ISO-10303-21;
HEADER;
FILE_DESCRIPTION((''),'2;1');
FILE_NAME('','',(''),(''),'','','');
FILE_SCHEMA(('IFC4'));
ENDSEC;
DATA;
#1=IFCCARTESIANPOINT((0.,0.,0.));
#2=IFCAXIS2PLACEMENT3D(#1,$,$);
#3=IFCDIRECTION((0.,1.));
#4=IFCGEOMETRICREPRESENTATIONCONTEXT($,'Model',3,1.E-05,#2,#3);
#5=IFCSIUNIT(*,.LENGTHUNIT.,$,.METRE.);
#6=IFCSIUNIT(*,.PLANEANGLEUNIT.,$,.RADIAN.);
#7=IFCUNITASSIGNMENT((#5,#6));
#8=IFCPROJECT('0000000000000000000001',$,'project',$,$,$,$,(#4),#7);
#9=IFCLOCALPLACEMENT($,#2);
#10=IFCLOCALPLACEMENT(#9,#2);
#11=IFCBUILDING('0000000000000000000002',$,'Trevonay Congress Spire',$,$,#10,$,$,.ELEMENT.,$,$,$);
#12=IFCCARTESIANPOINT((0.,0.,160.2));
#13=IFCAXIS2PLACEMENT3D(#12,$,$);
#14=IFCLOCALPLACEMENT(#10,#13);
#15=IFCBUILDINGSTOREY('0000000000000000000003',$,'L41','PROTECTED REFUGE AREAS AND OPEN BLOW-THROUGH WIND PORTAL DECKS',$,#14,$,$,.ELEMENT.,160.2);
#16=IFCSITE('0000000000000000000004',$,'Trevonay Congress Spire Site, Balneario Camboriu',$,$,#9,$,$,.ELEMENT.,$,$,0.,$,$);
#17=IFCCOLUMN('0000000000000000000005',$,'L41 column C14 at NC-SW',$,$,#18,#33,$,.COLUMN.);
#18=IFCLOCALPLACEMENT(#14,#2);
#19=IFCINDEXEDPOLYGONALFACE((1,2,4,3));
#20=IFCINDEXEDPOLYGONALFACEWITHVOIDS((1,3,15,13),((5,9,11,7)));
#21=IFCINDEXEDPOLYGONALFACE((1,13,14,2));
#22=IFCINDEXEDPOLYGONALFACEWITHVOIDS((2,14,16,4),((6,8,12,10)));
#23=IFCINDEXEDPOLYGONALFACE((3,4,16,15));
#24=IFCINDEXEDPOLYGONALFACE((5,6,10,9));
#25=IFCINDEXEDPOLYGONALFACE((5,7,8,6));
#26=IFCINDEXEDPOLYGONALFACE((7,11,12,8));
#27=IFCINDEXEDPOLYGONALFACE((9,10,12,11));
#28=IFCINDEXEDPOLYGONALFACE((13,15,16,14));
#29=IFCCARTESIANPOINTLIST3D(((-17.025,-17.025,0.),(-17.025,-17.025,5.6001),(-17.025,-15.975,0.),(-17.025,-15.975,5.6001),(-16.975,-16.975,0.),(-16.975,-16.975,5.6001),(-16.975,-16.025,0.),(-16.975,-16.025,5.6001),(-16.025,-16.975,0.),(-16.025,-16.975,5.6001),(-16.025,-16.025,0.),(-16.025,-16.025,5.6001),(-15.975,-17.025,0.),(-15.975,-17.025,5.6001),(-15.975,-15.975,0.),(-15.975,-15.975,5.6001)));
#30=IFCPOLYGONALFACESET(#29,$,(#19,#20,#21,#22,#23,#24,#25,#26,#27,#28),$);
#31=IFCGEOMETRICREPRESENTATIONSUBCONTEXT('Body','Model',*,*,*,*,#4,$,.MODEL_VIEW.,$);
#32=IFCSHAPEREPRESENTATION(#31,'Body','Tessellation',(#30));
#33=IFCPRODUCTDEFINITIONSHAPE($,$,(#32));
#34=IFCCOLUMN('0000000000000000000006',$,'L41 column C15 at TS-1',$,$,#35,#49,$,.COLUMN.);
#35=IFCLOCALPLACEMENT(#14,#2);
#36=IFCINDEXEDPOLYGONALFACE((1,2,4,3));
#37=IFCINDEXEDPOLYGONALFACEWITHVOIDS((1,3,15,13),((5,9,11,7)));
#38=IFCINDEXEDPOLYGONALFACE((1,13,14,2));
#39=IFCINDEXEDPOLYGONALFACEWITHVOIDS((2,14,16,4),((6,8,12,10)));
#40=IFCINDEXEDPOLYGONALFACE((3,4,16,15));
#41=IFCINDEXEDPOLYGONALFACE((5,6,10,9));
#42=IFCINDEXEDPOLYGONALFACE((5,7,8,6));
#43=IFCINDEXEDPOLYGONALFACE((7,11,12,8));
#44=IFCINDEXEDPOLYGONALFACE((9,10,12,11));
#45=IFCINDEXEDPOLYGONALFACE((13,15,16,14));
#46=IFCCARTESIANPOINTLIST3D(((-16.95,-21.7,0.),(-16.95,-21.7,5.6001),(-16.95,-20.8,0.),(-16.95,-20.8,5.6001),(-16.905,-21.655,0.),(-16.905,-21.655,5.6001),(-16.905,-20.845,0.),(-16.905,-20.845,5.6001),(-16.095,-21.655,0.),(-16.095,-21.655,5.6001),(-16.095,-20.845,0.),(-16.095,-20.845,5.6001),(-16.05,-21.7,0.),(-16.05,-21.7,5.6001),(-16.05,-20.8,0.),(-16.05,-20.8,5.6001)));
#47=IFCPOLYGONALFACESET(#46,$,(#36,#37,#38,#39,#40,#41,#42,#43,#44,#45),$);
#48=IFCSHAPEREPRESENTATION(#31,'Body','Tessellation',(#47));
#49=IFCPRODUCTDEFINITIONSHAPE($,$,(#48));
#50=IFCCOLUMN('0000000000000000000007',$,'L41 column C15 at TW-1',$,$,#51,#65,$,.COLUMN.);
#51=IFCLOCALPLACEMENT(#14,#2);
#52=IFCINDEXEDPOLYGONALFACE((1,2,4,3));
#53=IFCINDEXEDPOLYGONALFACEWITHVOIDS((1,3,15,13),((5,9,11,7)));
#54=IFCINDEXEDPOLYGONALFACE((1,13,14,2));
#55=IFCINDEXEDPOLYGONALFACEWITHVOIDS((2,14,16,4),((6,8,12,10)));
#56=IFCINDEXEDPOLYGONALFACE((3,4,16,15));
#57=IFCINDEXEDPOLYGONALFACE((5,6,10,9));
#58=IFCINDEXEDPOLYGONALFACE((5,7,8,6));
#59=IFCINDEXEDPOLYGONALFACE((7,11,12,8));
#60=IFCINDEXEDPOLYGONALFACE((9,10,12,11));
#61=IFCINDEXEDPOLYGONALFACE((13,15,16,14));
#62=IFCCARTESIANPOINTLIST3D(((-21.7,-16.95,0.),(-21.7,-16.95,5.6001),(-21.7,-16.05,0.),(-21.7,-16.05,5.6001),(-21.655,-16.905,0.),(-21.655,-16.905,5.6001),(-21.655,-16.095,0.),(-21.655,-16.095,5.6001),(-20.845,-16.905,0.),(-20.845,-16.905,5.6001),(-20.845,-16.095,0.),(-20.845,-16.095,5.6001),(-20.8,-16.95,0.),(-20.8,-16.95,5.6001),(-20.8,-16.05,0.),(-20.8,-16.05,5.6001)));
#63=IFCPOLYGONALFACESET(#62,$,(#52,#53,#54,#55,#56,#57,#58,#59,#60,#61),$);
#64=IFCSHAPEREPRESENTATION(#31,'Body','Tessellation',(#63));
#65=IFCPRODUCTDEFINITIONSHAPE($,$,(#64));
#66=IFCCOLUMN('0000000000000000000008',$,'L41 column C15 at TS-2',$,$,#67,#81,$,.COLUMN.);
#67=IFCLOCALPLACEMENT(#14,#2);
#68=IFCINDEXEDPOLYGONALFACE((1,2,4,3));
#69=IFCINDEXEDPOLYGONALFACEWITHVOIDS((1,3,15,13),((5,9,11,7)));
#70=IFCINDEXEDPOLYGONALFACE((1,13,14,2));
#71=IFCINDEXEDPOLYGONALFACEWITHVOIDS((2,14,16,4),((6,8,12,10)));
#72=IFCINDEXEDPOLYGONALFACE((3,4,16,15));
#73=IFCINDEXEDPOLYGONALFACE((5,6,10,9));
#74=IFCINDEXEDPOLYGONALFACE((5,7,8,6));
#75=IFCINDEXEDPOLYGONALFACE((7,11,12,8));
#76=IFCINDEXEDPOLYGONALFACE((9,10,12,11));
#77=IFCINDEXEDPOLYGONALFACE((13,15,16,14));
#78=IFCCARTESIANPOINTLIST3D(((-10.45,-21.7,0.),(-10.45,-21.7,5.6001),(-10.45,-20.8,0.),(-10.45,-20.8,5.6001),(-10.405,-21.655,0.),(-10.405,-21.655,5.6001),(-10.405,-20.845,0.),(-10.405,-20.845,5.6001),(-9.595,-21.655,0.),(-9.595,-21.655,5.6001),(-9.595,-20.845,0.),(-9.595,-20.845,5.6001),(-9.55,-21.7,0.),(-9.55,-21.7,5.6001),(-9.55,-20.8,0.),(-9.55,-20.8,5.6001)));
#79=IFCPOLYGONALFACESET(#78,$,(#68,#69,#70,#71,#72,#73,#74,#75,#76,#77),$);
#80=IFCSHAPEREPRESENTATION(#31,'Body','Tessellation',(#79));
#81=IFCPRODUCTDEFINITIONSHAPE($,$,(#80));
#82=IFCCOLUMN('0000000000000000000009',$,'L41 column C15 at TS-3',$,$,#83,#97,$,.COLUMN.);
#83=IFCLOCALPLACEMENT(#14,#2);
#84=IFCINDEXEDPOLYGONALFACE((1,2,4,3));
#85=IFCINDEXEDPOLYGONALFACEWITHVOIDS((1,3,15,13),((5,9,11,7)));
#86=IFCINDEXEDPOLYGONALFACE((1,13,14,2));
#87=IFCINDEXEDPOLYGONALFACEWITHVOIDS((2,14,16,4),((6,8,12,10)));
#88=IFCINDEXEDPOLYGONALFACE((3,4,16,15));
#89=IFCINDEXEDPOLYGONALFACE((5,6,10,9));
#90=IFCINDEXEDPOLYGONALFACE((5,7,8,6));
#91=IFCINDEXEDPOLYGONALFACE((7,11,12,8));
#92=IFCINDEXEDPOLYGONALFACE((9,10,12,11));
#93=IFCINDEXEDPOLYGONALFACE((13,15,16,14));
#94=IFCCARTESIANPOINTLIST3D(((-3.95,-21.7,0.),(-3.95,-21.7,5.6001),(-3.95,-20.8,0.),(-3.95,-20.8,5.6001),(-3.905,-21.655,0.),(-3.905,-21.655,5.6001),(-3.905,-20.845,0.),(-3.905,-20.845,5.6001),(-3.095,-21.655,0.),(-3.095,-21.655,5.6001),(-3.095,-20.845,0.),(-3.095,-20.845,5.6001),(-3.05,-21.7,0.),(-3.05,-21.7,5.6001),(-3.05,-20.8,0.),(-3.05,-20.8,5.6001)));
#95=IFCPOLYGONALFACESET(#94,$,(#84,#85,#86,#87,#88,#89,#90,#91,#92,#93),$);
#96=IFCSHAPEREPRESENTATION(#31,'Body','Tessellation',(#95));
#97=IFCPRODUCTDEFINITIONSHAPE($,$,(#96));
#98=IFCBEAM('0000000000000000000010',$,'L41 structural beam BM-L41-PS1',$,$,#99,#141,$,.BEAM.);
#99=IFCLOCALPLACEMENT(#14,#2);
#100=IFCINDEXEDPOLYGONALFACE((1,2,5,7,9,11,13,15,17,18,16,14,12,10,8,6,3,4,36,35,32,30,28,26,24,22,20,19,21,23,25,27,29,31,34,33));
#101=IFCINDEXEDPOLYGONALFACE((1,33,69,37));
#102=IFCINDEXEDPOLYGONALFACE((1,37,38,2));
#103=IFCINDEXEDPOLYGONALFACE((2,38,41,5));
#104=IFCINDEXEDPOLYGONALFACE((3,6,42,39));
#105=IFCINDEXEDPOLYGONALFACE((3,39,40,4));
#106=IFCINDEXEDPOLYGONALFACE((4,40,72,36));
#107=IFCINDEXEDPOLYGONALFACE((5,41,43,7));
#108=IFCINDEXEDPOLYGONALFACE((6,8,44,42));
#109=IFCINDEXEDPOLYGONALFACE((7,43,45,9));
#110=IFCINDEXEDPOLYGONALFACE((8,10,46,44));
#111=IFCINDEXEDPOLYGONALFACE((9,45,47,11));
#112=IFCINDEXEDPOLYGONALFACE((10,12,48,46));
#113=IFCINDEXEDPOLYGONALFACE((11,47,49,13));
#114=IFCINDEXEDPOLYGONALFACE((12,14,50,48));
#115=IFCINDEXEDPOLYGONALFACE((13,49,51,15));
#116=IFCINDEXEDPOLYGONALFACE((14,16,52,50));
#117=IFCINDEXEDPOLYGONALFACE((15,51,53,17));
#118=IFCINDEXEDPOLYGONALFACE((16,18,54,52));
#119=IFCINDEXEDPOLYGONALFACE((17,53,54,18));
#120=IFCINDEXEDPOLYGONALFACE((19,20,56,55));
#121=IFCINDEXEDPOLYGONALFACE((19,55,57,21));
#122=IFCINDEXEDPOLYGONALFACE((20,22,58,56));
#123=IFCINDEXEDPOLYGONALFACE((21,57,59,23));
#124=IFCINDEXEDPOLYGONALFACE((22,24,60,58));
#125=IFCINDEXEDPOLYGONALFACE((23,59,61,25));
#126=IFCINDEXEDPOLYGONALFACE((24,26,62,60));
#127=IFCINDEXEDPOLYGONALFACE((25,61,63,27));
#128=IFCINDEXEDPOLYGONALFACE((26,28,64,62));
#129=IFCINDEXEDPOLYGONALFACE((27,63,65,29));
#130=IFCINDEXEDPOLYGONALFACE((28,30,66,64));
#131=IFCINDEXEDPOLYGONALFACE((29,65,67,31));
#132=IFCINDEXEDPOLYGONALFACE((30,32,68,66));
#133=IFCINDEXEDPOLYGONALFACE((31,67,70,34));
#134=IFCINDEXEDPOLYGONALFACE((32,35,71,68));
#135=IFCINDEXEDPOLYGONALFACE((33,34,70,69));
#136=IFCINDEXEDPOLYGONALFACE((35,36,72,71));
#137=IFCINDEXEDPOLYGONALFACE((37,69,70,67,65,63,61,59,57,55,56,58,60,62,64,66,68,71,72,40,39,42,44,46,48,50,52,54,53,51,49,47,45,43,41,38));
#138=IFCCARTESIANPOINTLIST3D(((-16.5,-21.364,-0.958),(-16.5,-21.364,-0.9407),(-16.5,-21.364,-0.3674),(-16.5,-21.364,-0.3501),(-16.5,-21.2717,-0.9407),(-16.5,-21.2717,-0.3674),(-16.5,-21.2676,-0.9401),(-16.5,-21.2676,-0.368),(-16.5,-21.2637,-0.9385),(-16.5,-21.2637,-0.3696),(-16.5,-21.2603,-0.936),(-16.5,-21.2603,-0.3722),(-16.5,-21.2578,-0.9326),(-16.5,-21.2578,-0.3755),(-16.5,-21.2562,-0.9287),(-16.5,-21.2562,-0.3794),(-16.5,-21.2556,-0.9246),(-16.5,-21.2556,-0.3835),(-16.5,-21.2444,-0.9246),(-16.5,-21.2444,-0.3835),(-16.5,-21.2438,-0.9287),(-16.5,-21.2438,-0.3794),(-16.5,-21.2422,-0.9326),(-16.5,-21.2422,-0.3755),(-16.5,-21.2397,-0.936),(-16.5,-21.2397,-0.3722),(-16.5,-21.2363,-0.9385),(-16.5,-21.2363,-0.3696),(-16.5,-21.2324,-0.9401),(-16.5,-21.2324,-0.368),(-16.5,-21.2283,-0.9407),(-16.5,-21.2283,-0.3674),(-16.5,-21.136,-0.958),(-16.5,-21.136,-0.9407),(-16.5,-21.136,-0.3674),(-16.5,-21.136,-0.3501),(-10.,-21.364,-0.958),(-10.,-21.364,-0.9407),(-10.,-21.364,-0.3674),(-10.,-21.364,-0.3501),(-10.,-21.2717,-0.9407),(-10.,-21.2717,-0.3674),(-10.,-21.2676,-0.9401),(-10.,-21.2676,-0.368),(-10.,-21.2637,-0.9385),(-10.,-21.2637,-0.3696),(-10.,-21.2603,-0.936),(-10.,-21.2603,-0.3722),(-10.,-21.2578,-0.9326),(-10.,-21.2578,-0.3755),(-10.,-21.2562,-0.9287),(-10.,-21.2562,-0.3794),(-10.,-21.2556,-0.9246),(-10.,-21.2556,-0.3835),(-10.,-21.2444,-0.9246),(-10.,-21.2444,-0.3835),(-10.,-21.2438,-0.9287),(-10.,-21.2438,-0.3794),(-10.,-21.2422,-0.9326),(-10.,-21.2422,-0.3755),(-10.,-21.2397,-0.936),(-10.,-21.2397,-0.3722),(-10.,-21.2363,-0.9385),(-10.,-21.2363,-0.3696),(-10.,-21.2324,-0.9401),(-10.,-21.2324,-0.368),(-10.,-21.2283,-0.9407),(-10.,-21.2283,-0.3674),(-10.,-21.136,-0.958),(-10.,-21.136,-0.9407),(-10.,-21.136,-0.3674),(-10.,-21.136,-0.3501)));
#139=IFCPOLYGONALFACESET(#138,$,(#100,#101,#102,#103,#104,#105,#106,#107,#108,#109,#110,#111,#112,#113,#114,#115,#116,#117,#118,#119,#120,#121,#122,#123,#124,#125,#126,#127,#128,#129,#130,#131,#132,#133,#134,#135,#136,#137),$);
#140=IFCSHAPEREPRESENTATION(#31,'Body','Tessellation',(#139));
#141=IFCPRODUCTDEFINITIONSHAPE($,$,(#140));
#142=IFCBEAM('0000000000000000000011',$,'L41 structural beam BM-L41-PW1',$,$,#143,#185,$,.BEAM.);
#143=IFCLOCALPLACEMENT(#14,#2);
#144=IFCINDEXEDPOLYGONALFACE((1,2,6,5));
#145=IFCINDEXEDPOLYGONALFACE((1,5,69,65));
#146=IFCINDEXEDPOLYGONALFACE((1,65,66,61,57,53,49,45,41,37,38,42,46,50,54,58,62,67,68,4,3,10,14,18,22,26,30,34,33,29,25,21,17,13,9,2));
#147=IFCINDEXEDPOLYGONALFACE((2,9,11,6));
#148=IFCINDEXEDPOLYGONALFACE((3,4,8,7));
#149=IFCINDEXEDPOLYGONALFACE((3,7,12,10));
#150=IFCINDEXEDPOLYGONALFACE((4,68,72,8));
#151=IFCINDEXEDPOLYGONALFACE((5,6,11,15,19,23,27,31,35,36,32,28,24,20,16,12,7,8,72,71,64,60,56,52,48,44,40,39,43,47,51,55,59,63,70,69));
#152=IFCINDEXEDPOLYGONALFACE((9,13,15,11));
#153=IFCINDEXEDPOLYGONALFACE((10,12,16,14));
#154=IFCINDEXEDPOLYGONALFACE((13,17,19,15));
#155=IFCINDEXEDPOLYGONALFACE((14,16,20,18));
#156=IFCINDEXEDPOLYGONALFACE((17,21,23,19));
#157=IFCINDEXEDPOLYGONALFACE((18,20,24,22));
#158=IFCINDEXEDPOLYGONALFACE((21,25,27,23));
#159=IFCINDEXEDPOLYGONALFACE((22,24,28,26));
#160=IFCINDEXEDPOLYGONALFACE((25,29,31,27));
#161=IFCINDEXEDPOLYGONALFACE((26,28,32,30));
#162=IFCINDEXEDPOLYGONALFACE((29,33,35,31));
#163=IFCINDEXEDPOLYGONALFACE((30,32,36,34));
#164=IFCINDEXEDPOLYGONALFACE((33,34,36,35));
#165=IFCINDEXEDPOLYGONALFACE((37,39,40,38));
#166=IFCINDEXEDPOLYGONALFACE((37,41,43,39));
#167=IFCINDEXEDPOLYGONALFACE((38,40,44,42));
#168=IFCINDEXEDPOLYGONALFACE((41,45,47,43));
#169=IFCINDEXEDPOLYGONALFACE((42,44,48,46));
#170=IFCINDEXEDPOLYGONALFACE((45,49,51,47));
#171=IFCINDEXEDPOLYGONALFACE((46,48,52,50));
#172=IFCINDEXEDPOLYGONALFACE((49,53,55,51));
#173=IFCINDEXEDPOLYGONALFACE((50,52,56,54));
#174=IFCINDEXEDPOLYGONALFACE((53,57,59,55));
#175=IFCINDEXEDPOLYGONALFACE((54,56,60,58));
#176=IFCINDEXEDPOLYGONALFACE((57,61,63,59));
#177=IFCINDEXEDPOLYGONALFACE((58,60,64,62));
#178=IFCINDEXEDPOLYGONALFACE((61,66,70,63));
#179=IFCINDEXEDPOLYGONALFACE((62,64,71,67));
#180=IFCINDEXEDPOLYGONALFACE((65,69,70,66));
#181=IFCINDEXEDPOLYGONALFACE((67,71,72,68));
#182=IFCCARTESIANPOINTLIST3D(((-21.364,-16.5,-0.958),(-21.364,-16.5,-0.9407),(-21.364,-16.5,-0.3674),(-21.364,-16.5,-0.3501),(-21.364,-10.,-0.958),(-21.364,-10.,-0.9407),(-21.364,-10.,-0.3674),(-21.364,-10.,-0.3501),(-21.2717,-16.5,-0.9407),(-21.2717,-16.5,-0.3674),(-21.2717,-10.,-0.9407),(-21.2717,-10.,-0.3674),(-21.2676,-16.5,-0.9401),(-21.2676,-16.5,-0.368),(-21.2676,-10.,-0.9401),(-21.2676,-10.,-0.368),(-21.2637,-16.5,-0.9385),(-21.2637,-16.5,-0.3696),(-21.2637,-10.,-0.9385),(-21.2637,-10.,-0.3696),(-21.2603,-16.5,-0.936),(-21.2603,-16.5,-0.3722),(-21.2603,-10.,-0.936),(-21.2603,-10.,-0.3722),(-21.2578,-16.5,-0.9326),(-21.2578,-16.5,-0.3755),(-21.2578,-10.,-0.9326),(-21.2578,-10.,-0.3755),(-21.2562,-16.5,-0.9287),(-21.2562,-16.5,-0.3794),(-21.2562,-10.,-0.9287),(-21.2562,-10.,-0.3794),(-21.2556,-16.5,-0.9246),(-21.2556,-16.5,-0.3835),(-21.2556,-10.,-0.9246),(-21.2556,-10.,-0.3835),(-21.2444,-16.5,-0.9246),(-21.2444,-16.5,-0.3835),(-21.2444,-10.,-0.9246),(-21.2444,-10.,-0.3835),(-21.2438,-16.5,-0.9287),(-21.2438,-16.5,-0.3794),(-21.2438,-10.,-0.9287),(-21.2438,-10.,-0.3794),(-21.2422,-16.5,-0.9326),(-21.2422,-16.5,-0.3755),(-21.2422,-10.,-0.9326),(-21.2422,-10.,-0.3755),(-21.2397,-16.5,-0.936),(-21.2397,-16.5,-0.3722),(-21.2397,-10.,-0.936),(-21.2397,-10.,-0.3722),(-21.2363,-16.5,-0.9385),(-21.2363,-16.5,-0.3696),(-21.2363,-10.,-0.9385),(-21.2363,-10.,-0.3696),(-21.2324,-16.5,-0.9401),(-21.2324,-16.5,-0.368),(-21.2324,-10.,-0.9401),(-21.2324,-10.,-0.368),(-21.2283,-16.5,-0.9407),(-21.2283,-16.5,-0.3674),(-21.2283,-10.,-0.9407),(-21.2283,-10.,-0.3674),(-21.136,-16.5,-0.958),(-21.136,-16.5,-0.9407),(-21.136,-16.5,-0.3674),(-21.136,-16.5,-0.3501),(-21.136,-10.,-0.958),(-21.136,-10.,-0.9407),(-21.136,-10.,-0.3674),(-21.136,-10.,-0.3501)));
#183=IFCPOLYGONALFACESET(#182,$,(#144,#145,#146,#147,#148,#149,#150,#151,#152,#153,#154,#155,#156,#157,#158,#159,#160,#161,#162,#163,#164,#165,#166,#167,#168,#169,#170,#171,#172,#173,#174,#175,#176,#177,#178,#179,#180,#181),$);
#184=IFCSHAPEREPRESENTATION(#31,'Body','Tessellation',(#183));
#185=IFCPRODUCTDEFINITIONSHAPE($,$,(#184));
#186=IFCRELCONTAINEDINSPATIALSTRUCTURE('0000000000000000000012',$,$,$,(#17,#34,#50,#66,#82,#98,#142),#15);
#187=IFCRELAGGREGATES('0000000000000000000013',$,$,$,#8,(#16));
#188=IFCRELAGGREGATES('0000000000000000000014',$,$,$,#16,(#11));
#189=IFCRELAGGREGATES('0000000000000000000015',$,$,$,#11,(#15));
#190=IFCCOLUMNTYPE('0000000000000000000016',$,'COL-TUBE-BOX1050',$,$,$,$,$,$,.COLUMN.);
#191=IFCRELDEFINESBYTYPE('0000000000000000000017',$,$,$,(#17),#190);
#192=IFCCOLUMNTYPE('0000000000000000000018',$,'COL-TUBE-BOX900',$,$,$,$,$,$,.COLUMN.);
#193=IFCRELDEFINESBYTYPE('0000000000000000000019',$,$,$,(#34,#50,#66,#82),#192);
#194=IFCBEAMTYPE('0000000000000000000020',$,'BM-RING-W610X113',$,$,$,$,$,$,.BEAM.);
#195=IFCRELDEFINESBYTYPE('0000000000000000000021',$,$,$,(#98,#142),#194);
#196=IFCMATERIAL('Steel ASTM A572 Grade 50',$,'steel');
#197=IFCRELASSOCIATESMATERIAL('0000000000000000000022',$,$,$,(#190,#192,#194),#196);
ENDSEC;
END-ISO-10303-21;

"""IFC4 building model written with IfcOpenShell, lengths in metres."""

from ifc_helpers import new_model, si_unit, direction, frame, origin, origin_2d, place, context, subcontext, project, spatial, hollow_rectangle, i_section, extrude, material, material_profile, profile_set, type_object, element, save


model = new_model("IFC4")

# Units and contexts
model_context = context("Model", 3, precision=1e-05, world=origin(), true_north=direction((0.0, 1.0)))
body_context = subcontext(model_context, "Body", "Model", "MODEL_VIEW")
ifc_project = project(units=[si_unit("LENGTHUNIT", "METRE"), si_unit("PLANEANGLEUNIT", "RADIAN")], contexts=[model_context])

# Site, building, storey
site_placement = place(None, origin())
site = spatial("IfcSite", under=ifc_project, at=site_placement, Name="Trevonay Congress Spire Site, Balneario Camboriu", CompositionType="ELEMENT", RefElevation=0.0)
building_placement = place(site_placement, origin())
building = spatial("IfcBuilding", under=site, at=building_placement, Name="Trevonay Congress Spire", CompositionType="ELEMENT")
storey_placement = place(building_placement, frame((0.0, 0.0, 160.2)))
storey = spatial("IfcBuildingStorey", under=building, at=storey_placement, Name="L41", Description="PROTECTED REFUGE AREAS AND OPEN BLOW-THROUGH WIND PORTAL DECKS", CompositionType="ELEMENT", Elevation=160.2)

# Columns
ifc_material_1 = material(Name="Steel ASTM A572 Grade 50", Category="steel")
ifc_material_profile_1 = material_profile(ifc_material_1, hollow_rectangle(XDim=1.05, YDim=1.05, WallThickness=0.05, at=origin_2d()), Name="BOX 1050x1050x50")
ifc_profile_set_1 = profile_set([ifc_material_profile_1], Name="Steel ASTM A572 Grade 50")
column_type_1 = type_object("IfcColumnType", Name="COL-TUBE-BOX1050", PredefinedType="COLUMN", material=ifc_profile_set_1)
column_placement = place(storey_placement, frame((-16.5, -16.5, 0.0), z_axis=(0.0, 0.0, 1.0), x_axis=(1.0, 0.0, 0.0)))
element("IfcColumn", 1, at=column_placement, inside=storey, type_object=column_type_1, Name="L41 column C14 at NC-SW", PredefinedType="COLUMN", context=body_context, shape_type="SweptSolid", body=[
    extrude(hollow_rectangle(XDim=1.05, YDim=1.05, WallThickness=0.05, at=origin_2d()), origin(), (0.0, 0.0, 1.0), 5.6001),
])
ifc_material_profile_2 = material_profile(ifc_material_1, hollow_rectangle(XDim=0.8999, YDim=0.8999, WallThickness=0.0449, at=origin_2d()), Name="BOX 900x900x45")
ifc_profile_set_2 = profile_set([ifc_material_profile_2], Name="Steel ASTM A572 Grade 50")
column_type_2 = type_object("IfcColumnType", Name="COL-TUBE-BOX900", PredefinedType="COLUMN", material=ifc_profile_set_2)
for number, where, z_axis, x_axis, name in (
    (2, (-16.5, -21.25, 0.0), (0.0, 0.0, 1.0), (1.0, 0.0, 0.0), "L41 column C15 at TS-1"),
    (3, (-21.25, -16.5, 0.0), (0.0, 0.0, 1.0), (1.0, 0.0, 0.0), "L41 column C15 at TW-1"),
    (4, (-10.0, -21.25, 0.0), (0.0, 0.0, 1.0), (1.0, 0.0, 0.0), "L41 column C15 at TS-2"),
    (5, (-3.5, -21.25, 0.0), (0.0, 0.0, 1.0), (1.0, 0.0, 0.0), "L41 column C15 at TS-3"),
):
    element("IfcColumn", number, at=place(storey_placement, frame(where, z_axis=z_axis, x_axis=x_axis)), inside=storey, type_object=column_type_2, Name=name, PredefinedType="COLUMN", context=body_context, shape_type="SweptSolid", body=[
        extrude(hollow_rectangle(XDim=0.8999, YDim=0.8999, WallThickness=0.0449, at=origin_2d()), origin(), (0.0, 0.0, 1.0), 5.6001),
    ])

# Beams
ifc_material_profile_3 = material_profile(ifc_material_1, i_section(OverallWidth=0.228, OverallDepth=0.6079, WebThickness=0.0112, FlangeThickness=0.0173, FilletRadius=0.0161, at=origin_2d()), Name="W610x113")
ifc_profile_set_3 = profile_set([ifc_material_profile_3], Name="Steel ASTM A572 Grade 50")
beam_type_1 = type_object("IfcBeamType", Name="BM-RING-W610X113", PredefinedType="BEAM", material=ifc_profile_set_3)
for number, where, z_axis, x_axis, name in (
    (6, (-16.5, -21.25, -0.6541), (1.0, 0.0, 0.0), (0.0, 1.0, 0.0), "L41 structural beam BM-L41-PS1"),
    (7, (-21.25, -16.5, -0.6541), (0.0, 1.0, 0.0), (-1.0, 0.0, 0.0), "L41 structural beam BM-L41-PW1"),
):
    element("IfcBeam", number, at=place(storey_placement, frame(where, z_axis=z_axis, x_axis=x_axis)), inside=storey, type_object=beam_type_1, Name=name, PredefinedType="BEAM", context=body_context, shape_type="SweptSolid", body=[
        extrude(i_section(OverallWidth=0.228, OverallDepth=0.6079, WebThickness=0.0112, FlangeThickness=0.0173, FilletRadius=0.0161, at=origin_2d()), origin(), (0.0, 0.0, 1.0), 6.5),
    ])

save(model, "model.ifc")
